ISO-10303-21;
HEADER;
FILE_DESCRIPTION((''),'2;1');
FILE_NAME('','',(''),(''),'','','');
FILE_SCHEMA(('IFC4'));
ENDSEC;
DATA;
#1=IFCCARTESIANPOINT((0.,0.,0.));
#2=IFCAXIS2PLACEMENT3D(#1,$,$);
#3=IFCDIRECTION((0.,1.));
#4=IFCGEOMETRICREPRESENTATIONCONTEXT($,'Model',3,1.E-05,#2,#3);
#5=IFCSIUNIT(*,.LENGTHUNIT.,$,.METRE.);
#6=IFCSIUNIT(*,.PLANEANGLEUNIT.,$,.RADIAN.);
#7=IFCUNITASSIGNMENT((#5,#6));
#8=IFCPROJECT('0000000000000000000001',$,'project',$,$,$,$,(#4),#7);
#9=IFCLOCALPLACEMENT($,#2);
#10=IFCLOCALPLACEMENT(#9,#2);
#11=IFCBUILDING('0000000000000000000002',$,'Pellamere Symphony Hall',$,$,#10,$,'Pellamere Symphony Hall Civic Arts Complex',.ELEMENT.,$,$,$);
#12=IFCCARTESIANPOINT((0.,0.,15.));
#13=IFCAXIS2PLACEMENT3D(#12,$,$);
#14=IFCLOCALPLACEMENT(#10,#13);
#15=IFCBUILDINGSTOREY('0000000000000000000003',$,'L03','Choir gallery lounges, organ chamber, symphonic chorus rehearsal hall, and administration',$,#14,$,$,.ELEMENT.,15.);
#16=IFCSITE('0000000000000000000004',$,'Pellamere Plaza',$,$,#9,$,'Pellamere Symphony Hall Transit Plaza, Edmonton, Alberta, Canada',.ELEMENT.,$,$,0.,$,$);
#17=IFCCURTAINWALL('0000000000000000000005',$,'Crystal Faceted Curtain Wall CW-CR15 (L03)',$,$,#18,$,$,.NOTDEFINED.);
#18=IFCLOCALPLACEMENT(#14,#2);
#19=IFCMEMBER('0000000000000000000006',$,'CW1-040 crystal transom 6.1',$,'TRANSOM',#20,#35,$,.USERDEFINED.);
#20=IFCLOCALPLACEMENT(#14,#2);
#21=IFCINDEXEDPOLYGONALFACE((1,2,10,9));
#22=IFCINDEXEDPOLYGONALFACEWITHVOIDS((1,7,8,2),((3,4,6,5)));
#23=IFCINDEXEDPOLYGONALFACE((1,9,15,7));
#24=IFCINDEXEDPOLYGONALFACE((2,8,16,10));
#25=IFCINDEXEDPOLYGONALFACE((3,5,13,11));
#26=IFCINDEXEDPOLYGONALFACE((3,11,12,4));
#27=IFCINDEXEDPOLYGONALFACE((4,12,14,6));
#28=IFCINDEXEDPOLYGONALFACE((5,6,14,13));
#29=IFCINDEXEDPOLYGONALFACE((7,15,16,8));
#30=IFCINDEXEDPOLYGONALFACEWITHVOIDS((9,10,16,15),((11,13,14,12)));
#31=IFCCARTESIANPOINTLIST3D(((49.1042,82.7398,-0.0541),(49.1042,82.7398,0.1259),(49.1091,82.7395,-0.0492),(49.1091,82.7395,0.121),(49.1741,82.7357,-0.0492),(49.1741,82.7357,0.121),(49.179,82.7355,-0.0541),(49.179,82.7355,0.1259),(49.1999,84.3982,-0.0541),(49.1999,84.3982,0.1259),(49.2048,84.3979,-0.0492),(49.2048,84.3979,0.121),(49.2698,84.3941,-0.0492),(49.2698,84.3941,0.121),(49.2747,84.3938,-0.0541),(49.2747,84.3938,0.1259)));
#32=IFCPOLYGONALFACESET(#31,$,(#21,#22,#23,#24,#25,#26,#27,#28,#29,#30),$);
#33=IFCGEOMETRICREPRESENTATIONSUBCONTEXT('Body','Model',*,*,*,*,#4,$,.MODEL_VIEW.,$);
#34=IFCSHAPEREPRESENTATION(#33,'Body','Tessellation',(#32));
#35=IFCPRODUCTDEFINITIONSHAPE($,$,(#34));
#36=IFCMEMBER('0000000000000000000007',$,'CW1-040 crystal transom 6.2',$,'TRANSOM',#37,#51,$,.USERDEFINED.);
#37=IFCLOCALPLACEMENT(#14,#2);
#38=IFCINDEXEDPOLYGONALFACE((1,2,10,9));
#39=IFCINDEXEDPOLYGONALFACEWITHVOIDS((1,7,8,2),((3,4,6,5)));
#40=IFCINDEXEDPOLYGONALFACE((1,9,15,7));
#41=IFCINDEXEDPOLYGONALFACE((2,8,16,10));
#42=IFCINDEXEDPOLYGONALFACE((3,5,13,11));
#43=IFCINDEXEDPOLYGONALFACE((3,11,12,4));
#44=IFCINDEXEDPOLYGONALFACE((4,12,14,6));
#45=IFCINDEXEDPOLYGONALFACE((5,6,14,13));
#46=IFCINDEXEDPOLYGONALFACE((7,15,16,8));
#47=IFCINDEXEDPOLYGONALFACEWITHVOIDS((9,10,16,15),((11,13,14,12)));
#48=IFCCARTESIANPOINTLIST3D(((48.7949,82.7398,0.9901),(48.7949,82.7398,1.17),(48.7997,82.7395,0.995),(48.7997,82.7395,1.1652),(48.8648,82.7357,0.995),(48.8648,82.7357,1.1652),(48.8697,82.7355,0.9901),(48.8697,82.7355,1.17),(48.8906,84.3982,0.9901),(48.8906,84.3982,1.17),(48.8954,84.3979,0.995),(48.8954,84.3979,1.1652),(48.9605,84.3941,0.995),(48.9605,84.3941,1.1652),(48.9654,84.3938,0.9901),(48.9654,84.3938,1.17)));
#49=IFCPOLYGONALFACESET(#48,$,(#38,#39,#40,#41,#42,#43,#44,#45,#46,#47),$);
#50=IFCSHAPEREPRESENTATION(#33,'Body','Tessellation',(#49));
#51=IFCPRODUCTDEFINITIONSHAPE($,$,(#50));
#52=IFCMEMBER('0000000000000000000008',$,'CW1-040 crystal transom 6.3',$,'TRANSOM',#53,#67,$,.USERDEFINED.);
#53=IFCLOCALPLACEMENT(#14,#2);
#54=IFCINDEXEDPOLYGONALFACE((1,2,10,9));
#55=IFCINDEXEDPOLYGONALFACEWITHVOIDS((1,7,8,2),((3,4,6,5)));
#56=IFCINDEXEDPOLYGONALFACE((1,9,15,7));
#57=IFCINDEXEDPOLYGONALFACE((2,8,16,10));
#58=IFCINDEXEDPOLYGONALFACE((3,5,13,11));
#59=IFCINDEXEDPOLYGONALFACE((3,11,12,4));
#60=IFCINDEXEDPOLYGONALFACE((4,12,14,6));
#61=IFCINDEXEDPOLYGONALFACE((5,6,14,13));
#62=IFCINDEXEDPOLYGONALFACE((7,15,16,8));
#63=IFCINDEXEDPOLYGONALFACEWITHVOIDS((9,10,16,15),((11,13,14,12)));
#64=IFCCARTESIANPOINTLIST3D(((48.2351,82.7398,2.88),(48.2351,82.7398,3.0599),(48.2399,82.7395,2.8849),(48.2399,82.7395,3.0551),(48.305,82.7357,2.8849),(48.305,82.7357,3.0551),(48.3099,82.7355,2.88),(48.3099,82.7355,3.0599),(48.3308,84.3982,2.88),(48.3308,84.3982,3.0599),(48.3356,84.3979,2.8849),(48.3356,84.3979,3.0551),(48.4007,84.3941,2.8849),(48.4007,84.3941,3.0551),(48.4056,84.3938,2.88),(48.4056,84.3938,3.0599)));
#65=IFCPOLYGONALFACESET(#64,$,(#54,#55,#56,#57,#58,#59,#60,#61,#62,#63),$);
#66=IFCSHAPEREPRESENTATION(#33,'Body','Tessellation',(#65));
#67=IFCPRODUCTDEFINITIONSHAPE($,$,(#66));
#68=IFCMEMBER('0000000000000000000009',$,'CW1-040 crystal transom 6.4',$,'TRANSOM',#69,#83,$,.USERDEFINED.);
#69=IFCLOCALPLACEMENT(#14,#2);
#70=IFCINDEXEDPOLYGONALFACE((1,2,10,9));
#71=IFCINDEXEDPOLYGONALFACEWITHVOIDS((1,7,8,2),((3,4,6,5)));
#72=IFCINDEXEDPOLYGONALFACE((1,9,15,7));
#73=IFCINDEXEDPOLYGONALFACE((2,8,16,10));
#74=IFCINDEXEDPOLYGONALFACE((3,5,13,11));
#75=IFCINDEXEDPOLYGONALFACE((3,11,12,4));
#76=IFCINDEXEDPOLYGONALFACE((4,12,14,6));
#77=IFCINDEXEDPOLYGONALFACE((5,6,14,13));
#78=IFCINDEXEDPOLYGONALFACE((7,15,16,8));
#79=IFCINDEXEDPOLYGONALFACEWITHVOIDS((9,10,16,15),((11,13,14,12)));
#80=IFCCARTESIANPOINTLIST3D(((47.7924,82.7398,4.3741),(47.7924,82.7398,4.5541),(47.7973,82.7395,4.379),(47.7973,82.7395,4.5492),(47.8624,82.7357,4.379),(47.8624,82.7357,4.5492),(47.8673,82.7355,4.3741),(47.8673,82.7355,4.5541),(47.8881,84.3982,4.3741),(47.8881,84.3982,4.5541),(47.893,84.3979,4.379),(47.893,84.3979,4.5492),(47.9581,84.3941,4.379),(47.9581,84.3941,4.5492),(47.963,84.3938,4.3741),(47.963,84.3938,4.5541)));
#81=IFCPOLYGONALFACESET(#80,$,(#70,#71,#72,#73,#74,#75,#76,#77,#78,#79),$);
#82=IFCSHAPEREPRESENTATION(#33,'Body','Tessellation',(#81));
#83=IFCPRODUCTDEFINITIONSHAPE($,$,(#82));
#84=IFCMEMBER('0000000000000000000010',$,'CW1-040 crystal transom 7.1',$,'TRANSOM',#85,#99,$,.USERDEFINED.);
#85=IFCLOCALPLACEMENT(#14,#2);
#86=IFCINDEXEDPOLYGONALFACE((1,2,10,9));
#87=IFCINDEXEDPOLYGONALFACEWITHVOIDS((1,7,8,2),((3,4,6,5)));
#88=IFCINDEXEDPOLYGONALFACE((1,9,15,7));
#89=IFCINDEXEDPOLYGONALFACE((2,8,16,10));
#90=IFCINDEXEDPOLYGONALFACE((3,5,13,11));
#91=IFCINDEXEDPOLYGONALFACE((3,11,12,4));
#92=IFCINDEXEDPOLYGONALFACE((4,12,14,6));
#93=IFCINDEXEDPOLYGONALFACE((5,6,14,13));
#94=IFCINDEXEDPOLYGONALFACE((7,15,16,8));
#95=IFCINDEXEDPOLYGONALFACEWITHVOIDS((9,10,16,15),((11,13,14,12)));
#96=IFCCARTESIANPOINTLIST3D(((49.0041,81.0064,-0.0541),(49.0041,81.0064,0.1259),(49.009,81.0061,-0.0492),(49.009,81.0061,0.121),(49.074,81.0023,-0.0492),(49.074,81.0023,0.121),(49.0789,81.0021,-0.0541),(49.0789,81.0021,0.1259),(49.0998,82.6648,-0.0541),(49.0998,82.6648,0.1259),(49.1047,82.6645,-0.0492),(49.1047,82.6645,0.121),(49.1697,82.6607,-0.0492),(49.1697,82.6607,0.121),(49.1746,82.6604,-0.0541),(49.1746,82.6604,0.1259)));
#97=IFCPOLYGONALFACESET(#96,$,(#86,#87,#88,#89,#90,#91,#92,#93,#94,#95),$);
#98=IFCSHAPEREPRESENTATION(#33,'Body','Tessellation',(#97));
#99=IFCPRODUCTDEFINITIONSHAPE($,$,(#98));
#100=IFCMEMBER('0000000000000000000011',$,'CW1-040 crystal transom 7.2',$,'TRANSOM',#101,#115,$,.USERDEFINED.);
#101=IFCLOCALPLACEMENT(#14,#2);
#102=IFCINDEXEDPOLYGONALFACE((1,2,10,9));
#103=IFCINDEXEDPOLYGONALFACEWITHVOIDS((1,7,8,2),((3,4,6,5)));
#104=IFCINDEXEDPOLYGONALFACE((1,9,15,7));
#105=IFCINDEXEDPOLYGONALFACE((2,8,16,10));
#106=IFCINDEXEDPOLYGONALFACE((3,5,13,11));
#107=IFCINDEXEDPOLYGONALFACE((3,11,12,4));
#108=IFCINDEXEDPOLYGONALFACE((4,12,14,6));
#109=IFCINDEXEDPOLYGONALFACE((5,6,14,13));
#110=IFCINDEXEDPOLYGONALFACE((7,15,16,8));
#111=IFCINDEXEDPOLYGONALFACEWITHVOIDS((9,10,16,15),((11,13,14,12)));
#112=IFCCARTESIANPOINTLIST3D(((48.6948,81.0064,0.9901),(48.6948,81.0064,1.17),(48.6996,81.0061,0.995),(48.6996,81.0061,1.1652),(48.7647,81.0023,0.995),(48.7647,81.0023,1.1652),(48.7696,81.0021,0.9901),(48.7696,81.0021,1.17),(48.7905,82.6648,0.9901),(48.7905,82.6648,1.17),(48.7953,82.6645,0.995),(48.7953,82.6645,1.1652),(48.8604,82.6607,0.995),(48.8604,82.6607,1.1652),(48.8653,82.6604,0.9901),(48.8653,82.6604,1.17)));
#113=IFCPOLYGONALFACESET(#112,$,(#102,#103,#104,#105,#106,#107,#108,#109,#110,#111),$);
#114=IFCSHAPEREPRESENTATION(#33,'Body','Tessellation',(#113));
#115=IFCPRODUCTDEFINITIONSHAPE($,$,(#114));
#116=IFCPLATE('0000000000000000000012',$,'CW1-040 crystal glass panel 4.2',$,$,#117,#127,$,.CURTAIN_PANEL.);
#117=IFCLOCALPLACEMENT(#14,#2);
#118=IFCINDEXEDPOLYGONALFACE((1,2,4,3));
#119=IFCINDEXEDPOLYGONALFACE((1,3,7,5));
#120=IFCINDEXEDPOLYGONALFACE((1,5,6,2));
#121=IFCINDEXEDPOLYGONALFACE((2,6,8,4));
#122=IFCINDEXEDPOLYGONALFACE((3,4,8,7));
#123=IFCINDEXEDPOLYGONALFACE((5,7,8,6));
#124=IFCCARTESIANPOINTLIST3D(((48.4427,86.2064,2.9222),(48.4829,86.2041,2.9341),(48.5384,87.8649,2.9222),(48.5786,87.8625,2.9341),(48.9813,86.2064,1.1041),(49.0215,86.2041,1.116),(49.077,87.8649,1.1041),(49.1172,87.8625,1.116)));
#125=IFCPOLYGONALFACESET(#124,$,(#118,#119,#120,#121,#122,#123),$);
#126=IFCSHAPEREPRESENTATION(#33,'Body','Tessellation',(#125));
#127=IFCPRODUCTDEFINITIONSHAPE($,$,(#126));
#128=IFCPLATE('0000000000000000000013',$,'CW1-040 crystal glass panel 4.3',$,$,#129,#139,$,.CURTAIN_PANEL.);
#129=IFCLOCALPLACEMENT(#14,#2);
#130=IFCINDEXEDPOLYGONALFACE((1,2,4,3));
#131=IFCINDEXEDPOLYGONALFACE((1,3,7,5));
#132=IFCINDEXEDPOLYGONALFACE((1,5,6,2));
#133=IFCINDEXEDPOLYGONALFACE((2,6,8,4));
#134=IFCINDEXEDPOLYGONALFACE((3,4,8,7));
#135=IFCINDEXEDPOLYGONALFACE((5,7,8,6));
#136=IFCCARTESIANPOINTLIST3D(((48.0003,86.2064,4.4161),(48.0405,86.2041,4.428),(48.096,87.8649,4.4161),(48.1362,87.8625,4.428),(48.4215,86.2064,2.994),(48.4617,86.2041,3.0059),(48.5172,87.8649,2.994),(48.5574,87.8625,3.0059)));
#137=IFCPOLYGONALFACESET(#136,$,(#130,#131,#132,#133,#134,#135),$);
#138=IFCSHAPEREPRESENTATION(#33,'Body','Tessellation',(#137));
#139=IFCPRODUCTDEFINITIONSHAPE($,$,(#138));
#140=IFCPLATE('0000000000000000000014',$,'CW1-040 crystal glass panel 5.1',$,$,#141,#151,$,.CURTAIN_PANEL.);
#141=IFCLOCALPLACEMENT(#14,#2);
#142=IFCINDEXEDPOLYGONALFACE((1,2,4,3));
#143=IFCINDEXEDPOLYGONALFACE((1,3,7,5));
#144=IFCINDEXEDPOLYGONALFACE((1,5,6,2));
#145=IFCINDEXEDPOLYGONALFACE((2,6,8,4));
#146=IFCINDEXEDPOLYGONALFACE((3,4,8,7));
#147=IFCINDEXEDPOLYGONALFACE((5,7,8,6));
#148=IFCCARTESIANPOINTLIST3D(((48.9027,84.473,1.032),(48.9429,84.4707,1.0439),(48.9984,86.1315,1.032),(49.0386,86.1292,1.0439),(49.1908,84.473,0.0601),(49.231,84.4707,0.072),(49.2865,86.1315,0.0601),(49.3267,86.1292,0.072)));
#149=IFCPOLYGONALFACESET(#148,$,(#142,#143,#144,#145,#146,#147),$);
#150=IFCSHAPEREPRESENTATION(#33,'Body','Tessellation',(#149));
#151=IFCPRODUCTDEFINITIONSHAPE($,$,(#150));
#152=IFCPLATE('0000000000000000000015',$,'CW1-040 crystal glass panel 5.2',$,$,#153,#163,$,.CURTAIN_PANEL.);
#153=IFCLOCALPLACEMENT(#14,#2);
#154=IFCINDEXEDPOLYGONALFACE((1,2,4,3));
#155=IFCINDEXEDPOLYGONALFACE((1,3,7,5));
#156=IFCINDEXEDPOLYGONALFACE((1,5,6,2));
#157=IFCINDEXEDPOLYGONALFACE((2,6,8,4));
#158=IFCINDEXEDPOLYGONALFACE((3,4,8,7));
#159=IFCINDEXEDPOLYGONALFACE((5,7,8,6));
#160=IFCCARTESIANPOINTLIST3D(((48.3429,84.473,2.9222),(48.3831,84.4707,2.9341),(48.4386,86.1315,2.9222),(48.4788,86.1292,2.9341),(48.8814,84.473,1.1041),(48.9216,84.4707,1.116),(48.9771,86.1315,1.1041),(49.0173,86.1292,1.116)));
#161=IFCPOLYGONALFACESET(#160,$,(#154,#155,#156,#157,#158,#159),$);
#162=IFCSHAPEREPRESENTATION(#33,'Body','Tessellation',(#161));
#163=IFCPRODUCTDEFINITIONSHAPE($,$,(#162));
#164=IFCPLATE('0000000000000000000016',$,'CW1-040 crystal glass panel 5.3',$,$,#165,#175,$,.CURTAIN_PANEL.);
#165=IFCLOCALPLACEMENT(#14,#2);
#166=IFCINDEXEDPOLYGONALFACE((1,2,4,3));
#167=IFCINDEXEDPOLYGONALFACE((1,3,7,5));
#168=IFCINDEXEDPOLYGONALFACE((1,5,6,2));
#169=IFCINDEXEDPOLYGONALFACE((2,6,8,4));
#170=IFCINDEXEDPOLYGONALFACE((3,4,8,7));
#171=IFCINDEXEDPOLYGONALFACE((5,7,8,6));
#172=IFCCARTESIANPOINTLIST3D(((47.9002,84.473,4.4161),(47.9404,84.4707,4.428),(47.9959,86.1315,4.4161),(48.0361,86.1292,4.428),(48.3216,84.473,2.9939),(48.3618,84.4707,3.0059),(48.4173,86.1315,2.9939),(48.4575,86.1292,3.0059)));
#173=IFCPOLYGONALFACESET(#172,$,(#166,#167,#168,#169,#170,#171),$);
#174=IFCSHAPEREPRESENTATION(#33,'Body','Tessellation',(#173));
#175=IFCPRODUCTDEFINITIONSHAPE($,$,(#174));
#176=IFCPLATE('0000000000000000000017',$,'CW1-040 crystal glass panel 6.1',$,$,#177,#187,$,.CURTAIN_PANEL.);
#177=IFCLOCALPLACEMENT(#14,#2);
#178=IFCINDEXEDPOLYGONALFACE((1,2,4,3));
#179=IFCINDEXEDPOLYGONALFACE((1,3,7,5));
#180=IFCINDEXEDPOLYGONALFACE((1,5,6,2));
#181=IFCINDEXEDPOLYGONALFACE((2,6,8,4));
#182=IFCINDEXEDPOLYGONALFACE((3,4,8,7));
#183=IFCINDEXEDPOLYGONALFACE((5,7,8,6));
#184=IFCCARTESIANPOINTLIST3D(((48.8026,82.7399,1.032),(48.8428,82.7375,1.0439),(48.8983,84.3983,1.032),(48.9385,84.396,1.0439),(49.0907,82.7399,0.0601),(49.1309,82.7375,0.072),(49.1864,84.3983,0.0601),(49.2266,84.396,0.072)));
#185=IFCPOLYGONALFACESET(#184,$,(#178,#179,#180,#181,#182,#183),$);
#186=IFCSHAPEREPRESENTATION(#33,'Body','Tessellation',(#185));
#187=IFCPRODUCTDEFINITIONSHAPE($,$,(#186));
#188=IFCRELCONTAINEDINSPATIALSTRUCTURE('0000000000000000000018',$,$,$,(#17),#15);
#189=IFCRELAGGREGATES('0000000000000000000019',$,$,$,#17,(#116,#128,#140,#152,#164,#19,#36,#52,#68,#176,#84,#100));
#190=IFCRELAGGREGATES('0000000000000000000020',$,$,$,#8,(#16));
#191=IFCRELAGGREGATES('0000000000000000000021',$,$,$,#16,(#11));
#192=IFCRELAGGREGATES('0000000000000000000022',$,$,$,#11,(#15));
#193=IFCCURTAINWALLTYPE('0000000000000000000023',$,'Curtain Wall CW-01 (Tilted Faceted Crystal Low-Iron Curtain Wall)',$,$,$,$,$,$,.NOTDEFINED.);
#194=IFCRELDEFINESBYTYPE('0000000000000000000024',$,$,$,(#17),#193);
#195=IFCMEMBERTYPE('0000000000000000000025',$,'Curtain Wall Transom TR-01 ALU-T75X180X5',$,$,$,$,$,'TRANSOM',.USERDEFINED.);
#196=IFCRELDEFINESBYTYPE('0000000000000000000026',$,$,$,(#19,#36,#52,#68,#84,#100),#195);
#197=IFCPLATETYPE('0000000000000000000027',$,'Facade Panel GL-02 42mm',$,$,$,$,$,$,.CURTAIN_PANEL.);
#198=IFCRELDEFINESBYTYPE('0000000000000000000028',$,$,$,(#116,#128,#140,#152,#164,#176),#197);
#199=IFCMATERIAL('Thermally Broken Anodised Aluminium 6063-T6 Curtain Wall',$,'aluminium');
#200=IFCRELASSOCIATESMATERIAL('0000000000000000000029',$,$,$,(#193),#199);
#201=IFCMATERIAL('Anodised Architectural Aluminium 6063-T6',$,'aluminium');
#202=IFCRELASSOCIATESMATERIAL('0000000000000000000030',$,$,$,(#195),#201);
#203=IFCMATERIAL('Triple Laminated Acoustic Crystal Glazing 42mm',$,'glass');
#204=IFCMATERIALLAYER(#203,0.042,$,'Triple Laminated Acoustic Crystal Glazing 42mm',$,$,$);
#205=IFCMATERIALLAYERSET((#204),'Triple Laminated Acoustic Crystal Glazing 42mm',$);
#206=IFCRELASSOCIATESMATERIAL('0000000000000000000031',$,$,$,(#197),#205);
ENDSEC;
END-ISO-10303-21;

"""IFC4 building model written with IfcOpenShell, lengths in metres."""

from ifc_helpers import new_model, si_unit, direction, frame, origin, origin_2d, place, context, subcontext, project, spatial, polyline, hollow_rectangle, outline, extrude, material, layer, layer_set, material_profile, profile_set, type_object, element, aggregate, save


model = new_model("IFC4")

# Units and contexts
model_context = context("Model", 3, precision=1e-05, world=origin(), true_north=direction((0.0, 1.0)))
body_context = subcontext(model_context, "Body", "Model", "MODEL_VIEW")
ifc_project = project(units=[si_unit("LENGTHUNIT", "METRE"), si_unit("PLANEANGLEUNIT", "RADIAN")], contexts=[model_context])

# Site, building, storey
site_placement = place(None, origin())
site = spatial("IfcSite", under=ifc_project, at=site_placement, Name="Pellamere Plaza", LongName="Pellamere Symphony Hall Transit Plaza, Edmonton, Alberta, Canada", CompositionType="ELEMENT", RefElevation=0.0)
building_placement = place(site_placement, origin())
building = spatial("IfcBuilding", under=site, at=building_placement, Name="Pellamere Symphony Hall", LongName="Pellamere Symphony Hall Civic Arts Complex", CompositionType="ELEMENT")
storey_placement = place(building_placement, frame((0.0, 0.0, 15.0)))
storey = spatial("IfcBuildingStorey", under=building, at=storey_placement, Name="L03", Description="Choir gallery lounges, organ chamber, symphonic chorus rehearsal hall, and administration", CompositionType="ELEMENT", Elevation=15.0)

# Curtain wall, members, plates
ifc_material_1 = material(Name="Thermally Broken Anodised Aluminium 6063-T6 Curtain Wall", Category="aluminium")
curtain_wall_type = type_object("IfcCurtainWallType", Name="Curtain Wall CW-01 (Tilted Faceted Crystal Low-Iron Curtain Wall)", PredefinedType="NOTDEFINED", material=ifc_material_1)
curtain_wall_placement = place(storey_placement, origin())
curtain_wall = element("IfcCurtainWall", 1, at=curtain_wall_placement, inside=storey, type_object=curtain_wall_type, Name="Crystal Faceted Curtain Wall CW-CR15 (L03)", PredefinedType="NOTDEFINED")
ifc_material_2 = material(Name="Anodised Architectural Aluminium 6063-T6", Category="aluminium")
ifc_material_profile_1 = material_profile(ifc_material_2, hollow_rectangle(XDim=0.075, YDim=0.1799, WallThickness=0.0049, at=origin_2d()), Name="ALU-T75X180X5")
ifc_profile_set_1 = profile_set([ifc_material_profile_1], Name="Anodised Architectural Aluminium 6063-T6")
member_type_1 = type_object("IfcMemberType", Name="Curtain Wall Transom TR-01 ALU-T75X180X5", ElementType="TRANSOM", PredefinedType="USERDEFINED", material=ifc_profile_set_1)
member_1_placement = place(storey_placement, frame((49.2373, 84.396, 0.0359), z_axis=(-0.057611, -0.998339, 0.0), x_axis=(0.998339, -0.057611, 0.0)))
member_1 = element("IfcMember", 2, at=member_1_placement, type_object=member_type_1, Name="CW1-040 crystal transom 6.1", ObjectType="TRANSOM", PredefinedType="USERDEFINED", context=body_context, shape_type="SweptSolid", body=[
    extrude(hollow_rectangle(XDim=0.075, YDim=0.1799, WallThickness=0.0049, at=origin_2d()), origin(), (0.0, 0.0, 1.0), 1.6611),
])
member_2_placement = place(storey_placement, frame((48.928, 84.396, 1.0801), z_axis=(-0.057611, -0.998339, 0.0), x_axis=(0.998339, -0.057611, 0.0)))
member_2 = element("IfcMember", 3, at=member_2_placement, type_object=member_type_1, Name="CW1-040 crystal transom 6.2", ObjectType="TRANSOM", PredefinedType="USERDEFINED", context=body_context, shape_type="SweptSolid", body=[
    extrude(hollow_rectangle(XDim=0.075, YDim=0.1799, WallThickness=0.0049, at=origin_2d()), origin(), (0.0, 0.0, 1.0), 1.6611),
])
member_3_placement = place(storey_placement, frame((48.3682, 84.396, 2.97), z_axis=(-0.057611, -0.998339, 0.0), x_axis=(0.998339, -0.057611, 0.0)))
member_3 = element("IfcMember", 4, at=member_3_placement, type_object=member_type_1, Name="CW1-040 crystal transom 6.3", ObjectType="TRANSOM", PredefinedType="USERDEFINED", context=body_context, shape_type="SweptSolid", body=[
    extrude(hollow_rectangle(XDim=0.075, YDim=0.1799, WallThickness=0.0049, at=origin_2d()), origin(), (0.0, 0.0, 1.0), 1.6611),
])
member_4_placement = place(storey_placement, frame((47.9255, 84.396, 4.4641), z_axis=(-0.057611, -0.998339, 0.0), x_axis=(0.998339, -0.057611, 0.0)))
member_4 = element("IfcMember", 5, at=member_4_placement, type_object=member_type_1, Name="CW1-040 crystal transom 6.4", ObjectType="TRANSOM", PredefinedType="USERDEFINED", context=body_context, shape_type="SweptSolid", body=[
    extrude(hollow_rectangle(XDim=0.075, YDim=0.1799, WallThickness=0.0049, at=origin_2d()), origin(), (0.0, 0.0, 1.0), 1.6611),
])
member_5_placement = place(storey_placement, frame((49.1372, 82.6626, 0.0359), z_axis=(-0.057611, -0.998339, 0.0), x_axis=(0.998339, -0.057611, 0.0)))
member_5 = element("IfcMember", 6, at=member_5_placement, type_object=member_type_1, Name="CW1-040 crystal transom 7.1", ObjectType="TRANSOM", PredefinedType="USERDEFINED", context=body_context, shape_type="SweptSolid", body=[
    extrude(hollow_rectangle(XDim=0.075, YDim=0.1799, WallThickness=0.0049, at=origin_2d()), origin(), (0.0, 0.0, 1.0), 1.6611),
])
member_6_placement = place(storey_placement, frame((48.8279, 82.6626, 1.0801), z_axis=(-0.057611, -0.998339, 0.0), x_axis=(0.998339, -0.057611, 0.0)))
member_6 = element("IfcMember", 7, at=member_6_placement, type_object=member_type_1, Name="CW1-040 crystal transom 7.2", ObjectType="TRANSOM", PredefinedType="USERDEFINED", context=body_context, shape_type="SweptSolid", body=[
    extrude(hollow_rectangle(XDim=0.075, YDim=0.1799, WallThickness=0.0049, at=origin_2d()), origin(), (0.0, 0.0, 1.0), 1.6611),
])
ifc_material_3 = material(Name="Triple Laminated Acoustic Crystal Glazing 42mm", Category="glass")
ifc_layer_1 = layer(ifc_material_3, 0.042, Name="Triple Laminated Acoustic Crystal Glazing 42mm")
ifc_layer_set_1 = layer_set([ifc_layer_1], Name="Triple Laminated Acoustic Crystal Glazing 42mm")
plate_type = type_object("IfcPlateType", Name="Facade Panel GL-02 42mm", PredefinedType="CURTAIN_PANEL", material=ifc_layer_set_1)
plate_1_placement = place(storey_placement, frame((49.1172, 87.8625, 1.116), z_axis=(0.957352, -0.055245, 0.283593), x_axis=(-0.057611, -0.998339, 0.0)))
plate_1 = element("IfcPlate", 8, at=plate_1_placement, type_object=plate_type, Name="CW1-040 crystal glass panel 4.2", PredefinedType="CURTAIN_PANEL", context=body_context, shape_type="SweptSolid", body=[
    extrude(outline(polyline([(0.0, 0.0), (1.6612, 0.0), (1.6922, -1.896), (0.031, -1.896), (0.0, 0.0)])), origin(), (0.0, 0.0, -1.0), 0.042),
])
plate_2_placement = place(storey_placement, frame((48.5574, 87.8625, 3.0059), z_axis=(0.957375, -0.055247, 0.283515), x_axis=(-0.057611, -0.998339, 0.0)))
plate_2 = element("IfcPlate", 9, at=plate_2_placement, type_object=plate_type, Name="CW1-040 crystal glass panel 4.3", PredefinedType="CURTAIN_PANEL", context=body_context, shape_type="SweptSolid", body=[
    extrude(outline(polyline([(0.0, 0.0), (1.6612, 0.0), (1.6855, -1.483), (0.0243, -1.483), (0.0, 0.0)])), origin(), (0.0, 0.0, -1.0), 0.042),
])
plate_3_placement = place(storey_placement, frame((49.3267, 86.1292, 0.072), z_axis=(0.957305, -0.055243, 0.283753), x_axis=(-0.057611, -0.998339, 0.0)))
plate_3 = element("IfcPlate", 10, at=plate_3_placement, type_object=plate_type, Name="CW1-040 crystal glass panel 5.1", PredefinedType="CURTAIN_PANEL", context=body_context, shape_type="SweptSolid", body=[
    extrude(outline(polyline([(0.0, 0.0), (1.6612, 0.0), (1.6778, -1.0136), (0.0166, -1.0136), (0.0, 0.0)])), origin(), (0.0, 0.0, -1.0), 0.042),
])
plate_4_placement = place(storey_placement, frame((49.0173, 86.1292, 1.116), z_axis=(0.957352, -0.055245, 0.283593), x_axis=(-0.057611, -0.998339, 0.0)))
plate_4 = element("IfcPlate", 11, at=plate_4_placement, type_object=plate_type, Name="CW1-040 crystal glass panel 5.2", PredefinedType="CURTAIN_PANEL", context=body_context, shape_type="SweptSolid", body=[
    extrude(outline(polyline([(0.0, 0.0), (1.6612, 0.0), (1.6922, -1.896), (0.031, -1.896), (0.0, 0.0)])), origin(), (0.0, 0.0, -1.0), 0.042),
])
plate_5_placement = place(storey_placement, frame((48.4575, 86.1292, 3.0059), z_axis=(0.957331, -0.055244, 0.283666), x_axis=(-0.057611, -0.998339, 0.0)))
plate_5 = element("IfcPlate", 12, at=plate_5_placement, type_object=plate_type, Name="CW1-040 crystal glass panel 5.3", PredefinedType="CURTAIN_PANEL", context=body_context, shape_type="SweptSolid", body=[
    extrude(outline(polyline([(0.0, 0.0), (1.6612, 0.0), (1.6855, -1.483), (0.0243, -1.483), (0.0, 0.0)])), origin(), (0.0, 0.0, -1.0), 0.042),
])
plate_6_placement = place(storey_placement, frame((49.2266, 84.396, 0.072), z_axis=(0.957305, -0.055243, 0.283753), x_axis=(-0.057611, -0.998339, 0.0)))
plate_6 = element("IfcPlate", 13, at=plate_6_placement, type_object=plate_type, Name="CW1-040 crystal glass panel 6.1", PredefinedType="CURTAIN_PANEL", context=body_context, shape_type="SweptSolid", body=[
    extrude(outline(polyline([(0.0, 0.0), (1.6612, 0.0), (1.6778, -1.0136), (0.0166, -1.0136), (0.0, 0.0)])), origin(), (0.0, 0.0, -1.0), 0.042),
])
aggregate(curtain_wall, [plate_1, plate_2, plate_3, plate_4, plate_5, member_1, member_2, member_3, member_4, plate_6, member_5, member_6])

save(model, "model.ifc")
